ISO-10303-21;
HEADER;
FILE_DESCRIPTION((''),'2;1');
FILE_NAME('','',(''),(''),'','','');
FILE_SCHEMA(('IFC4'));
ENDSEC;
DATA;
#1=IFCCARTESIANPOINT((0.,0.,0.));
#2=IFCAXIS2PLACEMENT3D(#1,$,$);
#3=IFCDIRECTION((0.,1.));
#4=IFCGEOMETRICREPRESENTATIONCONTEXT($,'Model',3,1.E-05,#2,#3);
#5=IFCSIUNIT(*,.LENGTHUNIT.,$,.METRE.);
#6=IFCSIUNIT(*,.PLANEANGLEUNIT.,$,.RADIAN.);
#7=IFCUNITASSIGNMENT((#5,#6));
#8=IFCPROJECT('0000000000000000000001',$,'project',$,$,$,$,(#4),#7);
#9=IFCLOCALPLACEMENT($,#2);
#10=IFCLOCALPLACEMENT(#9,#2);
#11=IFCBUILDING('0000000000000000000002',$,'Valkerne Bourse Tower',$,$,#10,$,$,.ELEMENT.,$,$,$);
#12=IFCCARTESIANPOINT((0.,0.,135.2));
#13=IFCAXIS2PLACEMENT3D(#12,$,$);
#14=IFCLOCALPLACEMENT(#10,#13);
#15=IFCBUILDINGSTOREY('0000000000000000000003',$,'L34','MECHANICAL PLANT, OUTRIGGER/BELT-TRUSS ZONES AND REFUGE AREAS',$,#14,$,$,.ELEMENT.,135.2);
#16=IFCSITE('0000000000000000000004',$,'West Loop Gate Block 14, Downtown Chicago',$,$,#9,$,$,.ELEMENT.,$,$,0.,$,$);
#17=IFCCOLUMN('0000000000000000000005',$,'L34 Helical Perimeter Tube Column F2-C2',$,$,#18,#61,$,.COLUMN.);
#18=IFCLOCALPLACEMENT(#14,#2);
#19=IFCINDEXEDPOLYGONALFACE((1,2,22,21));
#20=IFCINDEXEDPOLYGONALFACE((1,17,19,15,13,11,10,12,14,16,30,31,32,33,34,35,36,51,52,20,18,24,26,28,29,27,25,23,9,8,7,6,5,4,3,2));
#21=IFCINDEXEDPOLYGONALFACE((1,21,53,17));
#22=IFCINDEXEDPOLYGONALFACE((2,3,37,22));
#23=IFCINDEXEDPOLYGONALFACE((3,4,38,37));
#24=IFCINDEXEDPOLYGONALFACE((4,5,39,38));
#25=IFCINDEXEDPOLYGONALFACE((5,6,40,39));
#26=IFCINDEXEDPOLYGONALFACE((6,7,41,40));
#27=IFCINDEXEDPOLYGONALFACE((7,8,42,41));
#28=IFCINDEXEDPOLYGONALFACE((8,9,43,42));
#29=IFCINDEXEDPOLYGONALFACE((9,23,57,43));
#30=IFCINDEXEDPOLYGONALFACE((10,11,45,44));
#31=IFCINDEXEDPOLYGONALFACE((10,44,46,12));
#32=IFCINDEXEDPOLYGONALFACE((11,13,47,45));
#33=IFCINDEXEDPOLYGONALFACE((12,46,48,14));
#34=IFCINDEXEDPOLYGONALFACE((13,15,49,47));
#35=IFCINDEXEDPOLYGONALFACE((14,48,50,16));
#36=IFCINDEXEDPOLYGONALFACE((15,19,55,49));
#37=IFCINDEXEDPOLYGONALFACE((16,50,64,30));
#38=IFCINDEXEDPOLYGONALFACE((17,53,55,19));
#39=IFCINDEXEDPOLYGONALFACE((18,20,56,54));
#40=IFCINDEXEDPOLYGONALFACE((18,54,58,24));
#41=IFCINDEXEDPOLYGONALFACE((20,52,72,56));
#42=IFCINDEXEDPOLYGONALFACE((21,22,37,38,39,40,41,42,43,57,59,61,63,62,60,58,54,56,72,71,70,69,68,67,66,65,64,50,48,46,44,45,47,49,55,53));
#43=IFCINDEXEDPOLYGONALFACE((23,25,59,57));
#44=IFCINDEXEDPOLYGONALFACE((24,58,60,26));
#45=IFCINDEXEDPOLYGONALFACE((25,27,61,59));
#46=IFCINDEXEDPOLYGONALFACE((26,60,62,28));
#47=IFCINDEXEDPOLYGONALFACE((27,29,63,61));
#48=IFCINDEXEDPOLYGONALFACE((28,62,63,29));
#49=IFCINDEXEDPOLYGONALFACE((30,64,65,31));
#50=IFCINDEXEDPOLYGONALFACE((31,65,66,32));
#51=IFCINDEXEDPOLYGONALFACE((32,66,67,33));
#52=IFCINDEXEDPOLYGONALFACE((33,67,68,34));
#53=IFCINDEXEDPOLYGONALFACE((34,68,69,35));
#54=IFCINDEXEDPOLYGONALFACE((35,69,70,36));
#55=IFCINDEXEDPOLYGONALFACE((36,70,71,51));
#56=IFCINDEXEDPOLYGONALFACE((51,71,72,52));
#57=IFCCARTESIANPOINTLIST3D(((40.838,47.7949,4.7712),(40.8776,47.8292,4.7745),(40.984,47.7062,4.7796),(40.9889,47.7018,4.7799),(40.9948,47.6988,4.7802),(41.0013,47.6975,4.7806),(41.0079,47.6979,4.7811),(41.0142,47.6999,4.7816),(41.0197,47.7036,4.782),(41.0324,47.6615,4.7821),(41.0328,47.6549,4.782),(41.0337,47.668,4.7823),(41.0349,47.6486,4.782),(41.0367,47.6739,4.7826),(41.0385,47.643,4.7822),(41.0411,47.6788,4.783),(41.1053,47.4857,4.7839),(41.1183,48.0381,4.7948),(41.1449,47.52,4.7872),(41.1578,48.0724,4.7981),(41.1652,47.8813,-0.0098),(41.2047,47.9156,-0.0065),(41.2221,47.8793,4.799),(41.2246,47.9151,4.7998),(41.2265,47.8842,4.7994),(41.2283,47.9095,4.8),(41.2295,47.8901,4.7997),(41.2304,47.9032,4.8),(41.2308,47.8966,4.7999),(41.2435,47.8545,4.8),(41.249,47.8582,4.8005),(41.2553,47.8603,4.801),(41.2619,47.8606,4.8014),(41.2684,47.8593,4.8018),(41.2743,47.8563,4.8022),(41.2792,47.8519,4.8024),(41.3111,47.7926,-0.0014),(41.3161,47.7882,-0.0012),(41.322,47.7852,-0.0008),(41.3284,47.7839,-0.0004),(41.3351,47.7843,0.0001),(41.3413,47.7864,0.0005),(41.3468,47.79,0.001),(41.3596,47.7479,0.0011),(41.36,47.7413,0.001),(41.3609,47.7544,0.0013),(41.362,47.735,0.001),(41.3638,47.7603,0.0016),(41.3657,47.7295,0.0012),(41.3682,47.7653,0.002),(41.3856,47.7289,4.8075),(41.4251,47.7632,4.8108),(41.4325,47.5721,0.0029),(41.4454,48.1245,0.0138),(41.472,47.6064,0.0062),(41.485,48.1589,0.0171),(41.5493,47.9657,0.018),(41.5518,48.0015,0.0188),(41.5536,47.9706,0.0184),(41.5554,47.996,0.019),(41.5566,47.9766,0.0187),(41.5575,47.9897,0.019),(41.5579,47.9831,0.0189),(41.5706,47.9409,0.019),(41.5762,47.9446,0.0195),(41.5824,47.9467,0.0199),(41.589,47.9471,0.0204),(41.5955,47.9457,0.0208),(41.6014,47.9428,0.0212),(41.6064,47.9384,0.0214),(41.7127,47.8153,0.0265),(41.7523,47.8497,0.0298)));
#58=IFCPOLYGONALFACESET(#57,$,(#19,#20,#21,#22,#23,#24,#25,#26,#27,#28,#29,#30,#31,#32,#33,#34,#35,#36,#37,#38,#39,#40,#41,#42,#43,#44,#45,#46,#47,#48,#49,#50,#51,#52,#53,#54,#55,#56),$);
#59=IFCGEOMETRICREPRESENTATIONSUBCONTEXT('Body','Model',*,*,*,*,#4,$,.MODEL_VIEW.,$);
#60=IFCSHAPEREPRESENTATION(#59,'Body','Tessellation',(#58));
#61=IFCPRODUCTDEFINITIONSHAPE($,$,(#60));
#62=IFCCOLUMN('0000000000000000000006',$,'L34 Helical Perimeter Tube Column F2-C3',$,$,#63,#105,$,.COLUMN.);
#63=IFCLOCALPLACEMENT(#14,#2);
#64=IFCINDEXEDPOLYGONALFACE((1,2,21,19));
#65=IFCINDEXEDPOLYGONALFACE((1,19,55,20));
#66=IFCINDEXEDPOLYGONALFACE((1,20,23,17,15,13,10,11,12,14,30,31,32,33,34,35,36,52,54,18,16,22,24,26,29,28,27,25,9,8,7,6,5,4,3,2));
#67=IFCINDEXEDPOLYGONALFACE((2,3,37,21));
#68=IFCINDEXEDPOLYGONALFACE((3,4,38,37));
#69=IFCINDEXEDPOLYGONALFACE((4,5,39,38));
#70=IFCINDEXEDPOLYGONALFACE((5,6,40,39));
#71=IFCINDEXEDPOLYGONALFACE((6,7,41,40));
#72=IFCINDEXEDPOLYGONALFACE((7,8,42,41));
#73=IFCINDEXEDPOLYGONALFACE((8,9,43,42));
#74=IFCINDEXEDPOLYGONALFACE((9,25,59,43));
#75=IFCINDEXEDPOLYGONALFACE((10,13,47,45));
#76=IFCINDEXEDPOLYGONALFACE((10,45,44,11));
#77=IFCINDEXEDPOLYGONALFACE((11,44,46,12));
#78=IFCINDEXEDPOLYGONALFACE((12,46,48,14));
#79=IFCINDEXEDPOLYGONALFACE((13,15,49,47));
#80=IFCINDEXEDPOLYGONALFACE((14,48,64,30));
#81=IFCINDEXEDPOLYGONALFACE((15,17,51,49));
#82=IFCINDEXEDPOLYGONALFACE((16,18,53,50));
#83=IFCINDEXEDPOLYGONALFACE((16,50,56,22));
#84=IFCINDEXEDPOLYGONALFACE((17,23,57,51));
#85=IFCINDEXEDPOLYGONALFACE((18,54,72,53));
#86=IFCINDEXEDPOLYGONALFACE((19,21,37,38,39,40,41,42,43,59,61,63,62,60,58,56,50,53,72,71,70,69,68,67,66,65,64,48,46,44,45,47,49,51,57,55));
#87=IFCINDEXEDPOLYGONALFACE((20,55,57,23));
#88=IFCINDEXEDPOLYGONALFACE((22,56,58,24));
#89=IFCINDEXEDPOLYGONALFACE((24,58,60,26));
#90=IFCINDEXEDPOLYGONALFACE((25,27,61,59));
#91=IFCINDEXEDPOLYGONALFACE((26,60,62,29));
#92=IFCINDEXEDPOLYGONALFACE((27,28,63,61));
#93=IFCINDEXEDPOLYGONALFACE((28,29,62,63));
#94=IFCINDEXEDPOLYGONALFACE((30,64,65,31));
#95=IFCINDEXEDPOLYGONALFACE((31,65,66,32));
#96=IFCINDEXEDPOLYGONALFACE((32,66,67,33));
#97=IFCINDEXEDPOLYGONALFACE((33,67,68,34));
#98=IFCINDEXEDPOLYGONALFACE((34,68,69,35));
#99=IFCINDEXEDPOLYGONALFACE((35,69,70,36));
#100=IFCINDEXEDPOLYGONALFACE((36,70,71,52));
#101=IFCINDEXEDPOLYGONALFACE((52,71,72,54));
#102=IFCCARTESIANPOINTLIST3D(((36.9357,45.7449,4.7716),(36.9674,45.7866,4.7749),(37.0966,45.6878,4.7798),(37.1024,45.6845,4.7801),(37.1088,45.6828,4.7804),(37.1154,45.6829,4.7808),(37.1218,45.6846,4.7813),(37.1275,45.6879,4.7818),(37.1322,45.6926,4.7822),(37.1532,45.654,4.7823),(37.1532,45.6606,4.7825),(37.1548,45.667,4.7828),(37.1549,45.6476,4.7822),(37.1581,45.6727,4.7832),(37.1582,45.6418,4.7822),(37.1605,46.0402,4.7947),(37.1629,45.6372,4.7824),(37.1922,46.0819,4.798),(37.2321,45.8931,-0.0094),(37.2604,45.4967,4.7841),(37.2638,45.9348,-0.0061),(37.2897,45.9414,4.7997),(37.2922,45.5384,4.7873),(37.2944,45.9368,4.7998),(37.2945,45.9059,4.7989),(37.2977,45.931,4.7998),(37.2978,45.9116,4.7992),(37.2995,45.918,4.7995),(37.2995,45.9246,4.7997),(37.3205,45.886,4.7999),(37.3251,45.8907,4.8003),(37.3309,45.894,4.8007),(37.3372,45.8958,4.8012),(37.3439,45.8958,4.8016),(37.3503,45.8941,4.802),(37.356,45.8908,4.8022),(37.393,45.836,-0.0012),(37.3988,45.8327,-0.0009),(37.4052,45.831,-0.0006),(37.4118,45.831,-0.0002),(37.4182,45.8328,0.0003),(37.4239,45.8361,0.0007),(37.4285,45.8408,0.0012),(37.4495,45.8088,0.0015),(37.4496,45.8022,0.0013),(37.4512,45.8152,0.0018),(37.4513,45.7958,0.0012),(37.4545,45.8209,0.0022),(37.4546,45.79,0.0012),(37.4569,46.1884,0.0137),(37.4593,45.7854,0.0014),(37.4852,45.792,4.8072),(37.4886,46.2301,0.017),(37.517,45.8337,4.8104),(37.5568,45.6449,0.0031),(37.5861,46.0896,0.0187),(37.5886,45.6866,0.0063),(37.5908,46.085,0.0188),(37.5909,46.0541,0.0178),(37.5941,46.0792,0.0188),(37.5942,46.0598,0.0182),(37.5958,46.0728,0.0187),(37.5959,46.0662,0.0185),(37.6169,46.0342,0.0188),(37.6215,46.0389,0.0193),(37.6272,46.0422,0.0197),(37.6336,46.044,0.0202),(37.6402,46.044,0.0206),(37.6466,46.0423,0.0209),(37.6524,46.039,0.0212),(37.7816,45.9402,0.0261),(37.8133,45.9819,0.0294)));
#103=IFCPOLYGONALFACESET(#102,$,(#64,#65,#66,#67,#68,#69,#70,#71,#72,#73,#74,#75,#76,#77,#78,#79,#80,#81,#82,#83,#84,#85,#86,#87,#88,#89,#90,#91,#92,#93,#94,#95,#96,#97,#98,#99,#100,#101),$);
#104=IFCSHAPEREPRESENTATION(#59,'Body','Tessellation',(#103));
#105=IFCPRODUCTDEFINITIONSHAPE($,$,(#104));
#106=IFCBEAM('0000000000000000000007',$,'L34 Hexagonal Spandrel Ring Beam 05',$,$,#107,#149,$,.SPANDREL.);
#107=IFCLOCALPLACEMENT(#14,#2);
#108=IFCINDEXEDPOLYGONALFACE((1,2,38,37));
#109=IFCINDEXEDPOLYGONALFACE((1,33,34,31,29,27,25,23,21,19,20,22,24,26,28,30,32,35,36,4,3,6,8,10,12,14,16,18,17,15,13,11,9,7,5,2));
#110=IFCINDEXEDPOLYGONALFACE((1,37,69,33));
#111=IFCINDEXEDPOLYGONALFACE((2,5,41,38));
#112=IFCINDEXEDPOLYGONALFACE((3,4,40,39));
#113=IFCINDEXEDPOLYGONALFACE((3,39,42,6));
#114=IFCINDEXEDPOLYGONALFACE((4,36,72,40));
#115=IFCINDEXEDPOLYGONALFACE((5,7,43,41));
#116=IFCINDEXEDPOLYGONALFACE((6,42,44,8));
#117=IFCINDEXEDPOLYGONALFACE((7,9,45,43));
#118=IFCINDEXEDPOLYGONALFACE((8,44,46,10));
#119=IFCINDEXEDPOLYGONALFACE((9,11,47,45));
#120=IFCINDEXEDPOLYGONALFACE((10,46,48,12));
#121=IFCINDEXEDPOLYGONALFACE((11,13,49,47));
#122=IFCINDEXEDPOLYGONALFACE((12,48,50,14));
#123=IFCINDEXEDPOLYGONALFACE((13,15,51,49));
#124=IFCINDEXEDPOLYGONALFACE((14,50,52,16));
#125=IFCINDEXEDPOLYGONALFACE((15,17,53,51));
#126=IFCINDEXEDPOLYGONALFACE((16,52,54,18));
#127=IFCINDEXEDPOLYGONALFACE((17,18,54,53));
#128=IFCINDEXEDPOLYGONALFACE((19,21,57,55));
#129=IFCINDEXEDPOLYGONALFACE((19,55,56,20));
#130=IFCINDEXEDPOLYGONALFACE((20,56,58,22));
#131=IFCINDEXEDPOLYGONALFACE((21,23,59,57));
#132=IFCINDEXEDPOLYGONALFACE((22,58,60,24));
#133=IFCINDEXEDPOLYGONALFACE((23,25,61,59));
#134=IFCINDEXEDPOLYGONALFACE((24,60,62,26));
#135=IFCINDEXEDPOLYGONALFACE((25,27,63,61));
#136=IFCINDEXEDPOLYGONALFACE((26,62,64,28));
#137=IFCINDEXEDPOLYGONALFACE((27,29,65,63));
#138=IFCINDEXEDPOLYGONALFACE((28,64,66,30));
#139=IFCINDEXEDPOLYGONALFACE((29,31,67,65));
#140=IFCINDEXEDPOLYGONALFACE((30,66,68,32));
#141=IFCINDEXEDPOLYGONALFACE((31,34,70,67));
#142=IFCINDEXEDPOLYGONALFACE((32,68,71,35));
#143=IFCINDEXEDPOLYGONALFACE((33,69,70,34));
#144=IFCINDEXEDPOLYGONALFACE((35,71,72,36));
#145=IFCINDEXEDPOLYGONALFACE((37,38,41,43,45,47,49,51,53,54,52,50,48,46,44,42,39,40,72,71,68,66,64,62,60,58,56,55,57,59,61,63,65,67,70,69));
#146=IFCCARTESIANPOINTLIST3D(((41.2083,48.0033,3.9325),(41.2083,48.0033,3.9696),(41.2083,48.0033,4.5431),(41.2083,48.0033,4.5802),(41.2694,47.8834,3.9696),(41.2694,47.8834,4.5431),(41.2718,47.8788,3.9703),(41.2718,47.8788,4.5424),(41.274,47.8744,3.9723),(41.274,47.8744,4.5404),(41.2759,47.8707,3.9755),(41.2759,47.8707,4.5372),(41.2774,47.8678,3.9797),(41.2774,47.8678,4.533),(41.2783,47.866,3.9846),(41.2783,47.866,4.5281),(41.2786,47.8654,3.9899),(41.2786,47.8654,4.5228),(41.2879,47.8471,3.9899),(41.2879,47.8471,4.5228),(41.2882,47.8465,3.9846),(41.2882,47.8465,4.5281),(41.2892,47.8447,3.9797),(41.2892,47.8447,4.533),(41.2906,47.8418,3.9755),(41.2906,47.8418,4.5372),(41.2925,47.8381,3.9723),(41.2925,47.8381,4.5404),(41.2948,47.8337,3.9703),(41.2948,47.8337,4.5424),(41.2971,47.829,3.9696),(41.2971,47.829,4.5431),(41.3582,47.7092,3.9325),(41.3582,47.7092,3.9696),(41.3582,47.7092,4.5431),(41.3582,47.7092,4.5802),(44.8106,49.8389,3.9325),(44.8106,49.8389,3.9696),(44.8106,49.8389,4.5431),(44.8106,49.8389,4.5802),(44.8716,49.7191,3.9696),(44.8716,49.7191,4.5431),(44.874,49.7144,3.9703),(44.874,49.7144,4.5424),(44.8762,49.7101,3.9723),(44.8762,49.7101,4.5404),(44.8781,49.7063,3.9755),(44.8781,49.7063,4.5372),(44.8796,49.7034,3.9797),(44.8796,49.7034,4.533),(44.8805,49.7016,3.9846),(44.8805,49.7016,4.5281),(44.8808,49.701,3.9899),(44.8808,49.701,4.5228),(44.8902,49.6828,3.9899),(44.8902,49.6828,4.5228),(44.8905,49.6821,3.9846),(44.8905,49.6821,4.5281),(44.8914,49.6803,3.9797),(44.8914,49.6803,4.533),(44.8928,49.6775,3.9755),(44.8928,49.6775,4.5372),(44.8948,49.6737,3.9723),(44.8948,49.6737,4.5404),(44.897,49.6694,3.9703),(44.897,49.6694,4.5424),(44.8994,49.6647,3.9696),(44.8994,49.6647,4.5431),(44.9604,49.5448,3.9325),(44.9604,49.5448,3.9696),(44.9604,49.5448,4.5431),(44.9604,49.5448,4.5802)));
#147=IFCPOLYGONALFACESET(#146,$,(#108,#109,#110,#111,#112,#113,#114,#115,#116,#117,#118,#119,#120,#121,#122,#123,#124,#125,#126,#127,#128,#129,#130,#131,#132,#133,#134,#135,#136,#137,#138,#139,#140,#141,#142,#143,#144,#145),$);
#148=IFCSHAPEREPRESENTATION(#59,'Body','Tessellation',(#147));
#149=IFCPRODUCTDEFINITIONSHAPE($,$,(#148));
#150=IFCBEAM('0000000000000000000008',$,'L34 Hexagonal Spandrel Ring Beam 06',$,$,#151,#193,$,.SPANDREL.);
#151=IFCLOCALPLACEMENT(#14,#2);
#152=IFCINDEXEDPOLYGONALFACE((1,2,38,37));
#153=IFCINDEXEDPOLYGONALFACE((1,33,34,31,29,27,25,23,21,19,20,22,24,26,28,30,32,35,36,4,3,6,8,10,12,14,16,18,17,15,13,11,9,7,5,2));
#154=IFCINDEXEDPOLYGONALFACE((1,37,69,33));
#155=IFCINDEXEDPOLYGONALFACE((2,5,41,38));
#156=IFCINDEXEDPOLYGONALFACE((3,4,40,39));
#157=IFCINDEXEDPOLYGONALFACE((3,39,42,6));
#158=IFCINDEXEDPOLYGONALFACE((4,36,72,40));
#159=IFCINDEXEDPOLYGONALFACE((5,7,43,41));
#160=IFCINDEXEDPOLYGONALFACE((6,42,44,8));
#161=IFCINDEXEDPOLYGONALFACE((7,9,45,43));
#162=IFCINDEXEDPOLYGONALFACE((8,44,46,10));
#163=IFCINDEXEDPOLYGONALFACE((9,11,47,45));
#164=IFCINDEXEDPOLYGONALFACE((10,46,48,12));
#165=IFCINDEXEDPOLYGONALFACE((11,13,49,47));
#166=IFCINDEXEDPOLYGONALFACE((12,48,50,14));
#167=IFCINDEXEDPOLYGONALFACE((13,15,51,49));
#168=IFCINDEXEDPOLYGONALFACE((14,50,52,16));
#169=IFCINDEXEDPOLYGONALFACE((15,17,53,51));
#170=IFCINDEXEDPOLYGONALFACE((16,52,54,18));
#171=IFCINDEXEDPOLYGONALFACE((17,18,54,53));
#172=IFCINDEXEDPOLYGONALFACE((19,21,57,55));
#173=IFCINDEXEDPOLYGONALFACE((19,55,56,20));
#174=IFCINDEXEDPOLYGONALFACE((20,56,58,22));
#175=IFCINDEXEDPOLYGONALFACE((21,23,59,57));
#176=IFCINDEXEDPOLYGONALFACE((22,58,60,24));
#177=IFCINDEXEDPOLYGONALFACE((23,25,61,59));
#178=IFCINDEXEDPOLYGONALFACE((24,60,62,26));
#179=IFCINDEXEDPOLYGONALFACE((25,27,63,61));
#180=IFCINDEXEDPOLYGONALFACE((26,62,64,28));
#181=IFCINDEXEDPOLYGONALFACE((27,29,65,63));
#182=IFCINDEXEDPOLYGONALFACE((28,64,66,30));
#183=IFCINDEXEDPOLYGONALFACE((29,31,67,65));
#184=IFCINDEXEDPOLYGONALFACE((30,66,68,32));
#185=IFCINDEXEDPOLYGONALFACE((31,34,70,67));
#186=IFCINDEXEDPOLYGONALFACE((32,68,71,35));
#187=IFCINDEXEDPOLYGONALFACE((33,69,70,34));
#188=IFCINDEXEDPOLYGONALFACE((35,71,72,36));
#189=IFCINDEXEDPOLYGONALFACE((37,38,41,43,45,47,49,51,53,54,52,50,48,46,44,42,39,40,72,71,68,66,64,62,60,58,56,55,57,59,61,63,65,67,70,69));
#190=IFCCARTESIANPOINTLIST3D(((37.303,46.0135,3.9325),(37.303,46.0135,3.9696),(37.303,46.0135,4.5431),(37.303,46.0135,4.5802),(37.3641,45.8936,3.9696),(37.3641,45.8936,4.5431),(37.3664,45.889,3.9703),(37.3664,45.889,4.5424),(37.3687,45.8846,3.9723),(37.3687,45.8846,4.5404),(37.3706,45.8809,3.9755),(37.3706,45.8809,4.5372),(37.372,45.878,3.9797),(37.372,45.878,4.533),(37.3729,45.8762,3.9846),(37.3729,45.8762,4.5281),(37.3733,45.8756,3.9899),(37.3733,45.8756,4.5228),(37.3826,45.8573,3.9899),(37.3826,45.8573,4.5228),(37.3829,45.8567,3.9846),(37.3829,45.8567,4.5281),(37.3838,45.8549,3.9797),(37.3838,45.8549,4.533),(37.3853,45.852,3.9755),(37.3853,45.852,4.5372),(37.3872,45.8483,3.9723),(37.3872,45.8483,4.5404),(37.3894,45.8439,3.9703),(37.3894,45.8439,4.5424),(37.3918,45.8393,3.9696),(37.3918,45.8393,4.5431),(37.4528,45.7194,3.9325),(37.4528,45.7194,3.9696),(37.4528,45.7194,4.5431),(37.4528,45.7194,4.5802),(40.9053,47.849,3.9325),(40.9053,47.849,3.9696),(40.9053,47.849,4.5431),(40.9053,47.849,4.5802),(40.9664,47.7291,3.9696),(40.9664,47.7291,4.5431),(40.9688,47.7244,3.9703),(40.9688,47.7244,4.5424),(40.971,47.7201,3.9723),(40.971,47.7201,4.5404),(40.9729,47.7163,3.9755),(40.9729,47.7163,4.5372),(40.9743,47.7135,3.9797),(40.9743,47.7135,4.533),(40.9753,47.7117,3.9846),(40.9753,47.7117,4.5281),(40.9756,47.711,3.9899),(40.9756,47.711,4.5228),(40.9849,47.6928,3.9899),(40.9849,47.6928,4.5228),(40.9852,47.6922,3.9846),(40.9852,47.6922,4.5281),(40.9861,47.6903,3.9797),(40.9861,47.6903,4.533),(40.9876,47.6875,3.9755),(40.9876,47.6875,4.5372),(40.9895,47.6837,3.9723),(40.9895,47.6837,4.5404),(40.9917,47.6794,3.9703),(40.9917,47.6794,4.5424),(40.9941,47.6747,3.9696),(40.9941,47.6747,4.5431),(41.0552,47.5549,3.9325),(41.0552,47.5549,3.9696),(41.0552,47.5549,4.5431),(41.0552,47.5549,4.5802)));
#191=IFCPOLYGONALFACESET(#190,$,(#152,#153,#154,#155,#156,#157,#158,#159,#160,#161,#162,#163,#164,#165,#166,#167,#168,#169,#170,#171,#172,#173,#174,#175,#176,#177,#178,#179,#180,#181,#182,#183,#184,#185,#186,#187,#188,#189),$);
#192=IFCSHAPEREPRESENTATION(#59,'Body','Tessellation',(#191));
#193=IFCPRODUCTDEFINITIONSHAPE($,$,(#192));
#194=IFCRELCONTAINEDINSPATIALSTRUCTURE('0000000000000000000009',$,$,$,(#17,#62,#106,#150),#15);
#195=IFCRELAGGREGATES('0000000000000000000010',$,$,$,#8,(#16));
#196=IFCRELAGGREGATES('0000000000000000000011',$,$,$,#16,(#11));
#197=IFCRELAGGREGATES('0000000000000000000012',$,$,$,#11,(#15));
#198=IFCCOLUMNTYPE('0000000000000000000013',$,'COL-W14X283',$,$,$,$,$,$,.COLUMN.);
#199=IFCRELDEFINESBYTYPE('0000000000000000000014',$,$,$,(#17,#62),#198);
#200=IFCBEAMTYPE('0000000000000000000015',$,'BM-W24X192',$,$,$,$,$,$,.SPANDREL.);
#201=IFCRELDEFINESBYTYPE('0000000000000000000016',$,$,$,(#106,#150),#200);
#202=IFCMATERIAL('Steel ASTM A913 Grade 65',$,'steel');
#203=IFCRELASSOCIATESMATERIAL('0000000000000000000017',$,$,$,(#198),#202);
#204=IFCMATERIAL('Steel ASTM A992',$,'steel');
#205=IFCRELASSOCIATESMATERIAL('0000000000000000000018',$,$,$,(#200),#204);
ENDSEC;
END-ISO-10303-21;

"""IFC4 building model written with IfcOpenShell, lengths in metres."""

from ifc_helpers import new_model, si_unit, direction, frame, origin, origin_2d, place, context, subcontext, project, spatial, i_section, extrude, material, material_profile, profile_set, type_object, element, save


model = new_model("IFC4")

# Units and contexts
model_context = context("Model", 3, precision=1e-05, world=origin(), true_north=direction((0.0, 1.0)))
body_context = subcontext(model_context, "Body", "Model", "MODEL_VIEW")
ifc_project = project(units=[si_unit("LENGTHUNIT", "METRE"), si_unit("PLANEANGLEUNIT", "RADIAN")], contexts=[model_context])

# Site, building, storey
site_placement = place(None, origin())
site = spatial("IfcSite", under=ifc_project, at=site_placement, Name="West Loop Gate Block 14, Downtown Chicago", CompositionType="ELEMENT", RefElevation=0.0)
building_placement = place(site_placement, origin())
building = spatial("IfcBuilding", under=site, at=building_placement, Name="Valkerne Bourse Tower", CompositionType="ELEMENT")
storey_placement = place(building_placement, frame((0.0, 0.0, 135.2)))
storey = spatial("IfcBuildingStorey", under=building, at=storey_placement, Name="L34", Description="MECHANICAL PLANT, OUTRIGGER/BELT-TRUSS ZONES AND REFUGE AREAS", CompositionType="ELEMENT", Elevation=135.2)

# Columns
ifc_material_1 = material(Name="Steel ASTM A913 Grade 65", Category="steel")
ifc_material_profile_1 = material_profile(ifc_material_1, i_section(OverallWidth=0.4089, OverallDepth=0.4243, WebThickness=0.0327, FlangeThickness=0.0525, FilletRadius=0.0254, at=origin_2d()), Name="W14X283")
ifc_profile_set_1 = profile_set([ifc_material_profile_1], Name="Steel ASTM A913 Grade 65")
column_type = type_object("IfcColumnType", Name="COL-W14X283", PredefinedType="COLUMN", material=ifc_profile_set_1)
column_1_placement = place(storey_placement, frame((41.4587, 47.8655, 0.01), z_axis=(-0.068256, -0.018032, 0.997505), x_axis=(-0.653657, 0.756154, -0.031059)))
element("IfcColumn", 1, at=column_1_placement, inside=storey, type_object=column_type, Name="L34 Helical Perimeter Tube Column F2-C2", PredefinedType="COLUMN", context=body_context, shape_type="SweptSolid", body=[
    extrude(i_section(OverallWidth=0.4089, OverallDepth=0.4243, WebThickness=0.0327, FlangeThickness=0.0525, FilletRadius=0.0254, at=origin_2d()), origin(), (0.0, 0.0, 1.0), 4.793),
])
column_2_placement = place(storey_placement, frame((37.5227, 45.9375, 0.01), z_axis=(-0.061844, -0.030922, 0.997607), x_axis=(-0.794162, 0.606944, -0.030419)))
element("IfcColumn", 2, at=column_2_placement, inside=storey, type_object=column_type, Name="L34 Helical Perimeter Tube Column F2-C3", PredefinedType="COLUMN", context=body_context, shape_type="SweptSolid", body=[
    extrude(i_section(OverallWidth=0.4089, OverallDepth=0.4243, WebThickness=0.0327, FlangeThickness=0.0525, FilletRadius=0.0254, at=origin_2d()), origin(), (0.0, 0.0, 1.0), 4.7925),
])

# Beams
ifc_material_2 = material(Name="Steel ASTM A992", Category="steel")
ifc_material_profile_2 = material_profile(ifc_material_2, i_section(OverallWidth=0.3301, OverallDepth=0.6477, WebThickness=0.0205, FlangeThickness=0.0371, FilletRadius=0.0203, at=origin_2d()), Name="W24X192")
ifc_profile_set_2 = profile_set([ifc_material_profile_2], Name="Steel ASTM A992")
beam_type_1 = type_object("IfcBeamType", Name="BM-W24X192", PredefinedType="SPANDREL", material=ifc_profile_set_2)
for number, where, z_axis, x_axis, name in (
    (3, (44.8855, 49.6919, 4.2563), (-0.890983, -0.454036, 0.0), (0.454036, -0.890983, 0.0), "L34 Hexagonal Spandrel Ring Beam 05"),
    (4, (40.9802, 47.7019, 4.2563), (-0.891008, -0.453988, 0.0), (0.453988, -0.891008, 0.0), "L34 Hexagonal Spandrel Ring Beam 06"),
):
    element("IfcBeam", number, at=place(storey_placement, frame(where, z_axis=z_axis, x_axis=x_axis)), inside=storey, type_object=beam_type_1, Name=name, PredefinedType="SPANDREL", context=body_context, shape_type="SweptSolid", body=[
        extrude(i_section(OverallWidth=0.3301, OverallDepth=0.6477, WebThickness=0.0205, FlangeThickness=0.0371, FilletRadius=0.0203, at=origin_2d()), origin(), (0.0, 0.0, 1.0), 4.043),
    ])

save(model, "model.ifc")
